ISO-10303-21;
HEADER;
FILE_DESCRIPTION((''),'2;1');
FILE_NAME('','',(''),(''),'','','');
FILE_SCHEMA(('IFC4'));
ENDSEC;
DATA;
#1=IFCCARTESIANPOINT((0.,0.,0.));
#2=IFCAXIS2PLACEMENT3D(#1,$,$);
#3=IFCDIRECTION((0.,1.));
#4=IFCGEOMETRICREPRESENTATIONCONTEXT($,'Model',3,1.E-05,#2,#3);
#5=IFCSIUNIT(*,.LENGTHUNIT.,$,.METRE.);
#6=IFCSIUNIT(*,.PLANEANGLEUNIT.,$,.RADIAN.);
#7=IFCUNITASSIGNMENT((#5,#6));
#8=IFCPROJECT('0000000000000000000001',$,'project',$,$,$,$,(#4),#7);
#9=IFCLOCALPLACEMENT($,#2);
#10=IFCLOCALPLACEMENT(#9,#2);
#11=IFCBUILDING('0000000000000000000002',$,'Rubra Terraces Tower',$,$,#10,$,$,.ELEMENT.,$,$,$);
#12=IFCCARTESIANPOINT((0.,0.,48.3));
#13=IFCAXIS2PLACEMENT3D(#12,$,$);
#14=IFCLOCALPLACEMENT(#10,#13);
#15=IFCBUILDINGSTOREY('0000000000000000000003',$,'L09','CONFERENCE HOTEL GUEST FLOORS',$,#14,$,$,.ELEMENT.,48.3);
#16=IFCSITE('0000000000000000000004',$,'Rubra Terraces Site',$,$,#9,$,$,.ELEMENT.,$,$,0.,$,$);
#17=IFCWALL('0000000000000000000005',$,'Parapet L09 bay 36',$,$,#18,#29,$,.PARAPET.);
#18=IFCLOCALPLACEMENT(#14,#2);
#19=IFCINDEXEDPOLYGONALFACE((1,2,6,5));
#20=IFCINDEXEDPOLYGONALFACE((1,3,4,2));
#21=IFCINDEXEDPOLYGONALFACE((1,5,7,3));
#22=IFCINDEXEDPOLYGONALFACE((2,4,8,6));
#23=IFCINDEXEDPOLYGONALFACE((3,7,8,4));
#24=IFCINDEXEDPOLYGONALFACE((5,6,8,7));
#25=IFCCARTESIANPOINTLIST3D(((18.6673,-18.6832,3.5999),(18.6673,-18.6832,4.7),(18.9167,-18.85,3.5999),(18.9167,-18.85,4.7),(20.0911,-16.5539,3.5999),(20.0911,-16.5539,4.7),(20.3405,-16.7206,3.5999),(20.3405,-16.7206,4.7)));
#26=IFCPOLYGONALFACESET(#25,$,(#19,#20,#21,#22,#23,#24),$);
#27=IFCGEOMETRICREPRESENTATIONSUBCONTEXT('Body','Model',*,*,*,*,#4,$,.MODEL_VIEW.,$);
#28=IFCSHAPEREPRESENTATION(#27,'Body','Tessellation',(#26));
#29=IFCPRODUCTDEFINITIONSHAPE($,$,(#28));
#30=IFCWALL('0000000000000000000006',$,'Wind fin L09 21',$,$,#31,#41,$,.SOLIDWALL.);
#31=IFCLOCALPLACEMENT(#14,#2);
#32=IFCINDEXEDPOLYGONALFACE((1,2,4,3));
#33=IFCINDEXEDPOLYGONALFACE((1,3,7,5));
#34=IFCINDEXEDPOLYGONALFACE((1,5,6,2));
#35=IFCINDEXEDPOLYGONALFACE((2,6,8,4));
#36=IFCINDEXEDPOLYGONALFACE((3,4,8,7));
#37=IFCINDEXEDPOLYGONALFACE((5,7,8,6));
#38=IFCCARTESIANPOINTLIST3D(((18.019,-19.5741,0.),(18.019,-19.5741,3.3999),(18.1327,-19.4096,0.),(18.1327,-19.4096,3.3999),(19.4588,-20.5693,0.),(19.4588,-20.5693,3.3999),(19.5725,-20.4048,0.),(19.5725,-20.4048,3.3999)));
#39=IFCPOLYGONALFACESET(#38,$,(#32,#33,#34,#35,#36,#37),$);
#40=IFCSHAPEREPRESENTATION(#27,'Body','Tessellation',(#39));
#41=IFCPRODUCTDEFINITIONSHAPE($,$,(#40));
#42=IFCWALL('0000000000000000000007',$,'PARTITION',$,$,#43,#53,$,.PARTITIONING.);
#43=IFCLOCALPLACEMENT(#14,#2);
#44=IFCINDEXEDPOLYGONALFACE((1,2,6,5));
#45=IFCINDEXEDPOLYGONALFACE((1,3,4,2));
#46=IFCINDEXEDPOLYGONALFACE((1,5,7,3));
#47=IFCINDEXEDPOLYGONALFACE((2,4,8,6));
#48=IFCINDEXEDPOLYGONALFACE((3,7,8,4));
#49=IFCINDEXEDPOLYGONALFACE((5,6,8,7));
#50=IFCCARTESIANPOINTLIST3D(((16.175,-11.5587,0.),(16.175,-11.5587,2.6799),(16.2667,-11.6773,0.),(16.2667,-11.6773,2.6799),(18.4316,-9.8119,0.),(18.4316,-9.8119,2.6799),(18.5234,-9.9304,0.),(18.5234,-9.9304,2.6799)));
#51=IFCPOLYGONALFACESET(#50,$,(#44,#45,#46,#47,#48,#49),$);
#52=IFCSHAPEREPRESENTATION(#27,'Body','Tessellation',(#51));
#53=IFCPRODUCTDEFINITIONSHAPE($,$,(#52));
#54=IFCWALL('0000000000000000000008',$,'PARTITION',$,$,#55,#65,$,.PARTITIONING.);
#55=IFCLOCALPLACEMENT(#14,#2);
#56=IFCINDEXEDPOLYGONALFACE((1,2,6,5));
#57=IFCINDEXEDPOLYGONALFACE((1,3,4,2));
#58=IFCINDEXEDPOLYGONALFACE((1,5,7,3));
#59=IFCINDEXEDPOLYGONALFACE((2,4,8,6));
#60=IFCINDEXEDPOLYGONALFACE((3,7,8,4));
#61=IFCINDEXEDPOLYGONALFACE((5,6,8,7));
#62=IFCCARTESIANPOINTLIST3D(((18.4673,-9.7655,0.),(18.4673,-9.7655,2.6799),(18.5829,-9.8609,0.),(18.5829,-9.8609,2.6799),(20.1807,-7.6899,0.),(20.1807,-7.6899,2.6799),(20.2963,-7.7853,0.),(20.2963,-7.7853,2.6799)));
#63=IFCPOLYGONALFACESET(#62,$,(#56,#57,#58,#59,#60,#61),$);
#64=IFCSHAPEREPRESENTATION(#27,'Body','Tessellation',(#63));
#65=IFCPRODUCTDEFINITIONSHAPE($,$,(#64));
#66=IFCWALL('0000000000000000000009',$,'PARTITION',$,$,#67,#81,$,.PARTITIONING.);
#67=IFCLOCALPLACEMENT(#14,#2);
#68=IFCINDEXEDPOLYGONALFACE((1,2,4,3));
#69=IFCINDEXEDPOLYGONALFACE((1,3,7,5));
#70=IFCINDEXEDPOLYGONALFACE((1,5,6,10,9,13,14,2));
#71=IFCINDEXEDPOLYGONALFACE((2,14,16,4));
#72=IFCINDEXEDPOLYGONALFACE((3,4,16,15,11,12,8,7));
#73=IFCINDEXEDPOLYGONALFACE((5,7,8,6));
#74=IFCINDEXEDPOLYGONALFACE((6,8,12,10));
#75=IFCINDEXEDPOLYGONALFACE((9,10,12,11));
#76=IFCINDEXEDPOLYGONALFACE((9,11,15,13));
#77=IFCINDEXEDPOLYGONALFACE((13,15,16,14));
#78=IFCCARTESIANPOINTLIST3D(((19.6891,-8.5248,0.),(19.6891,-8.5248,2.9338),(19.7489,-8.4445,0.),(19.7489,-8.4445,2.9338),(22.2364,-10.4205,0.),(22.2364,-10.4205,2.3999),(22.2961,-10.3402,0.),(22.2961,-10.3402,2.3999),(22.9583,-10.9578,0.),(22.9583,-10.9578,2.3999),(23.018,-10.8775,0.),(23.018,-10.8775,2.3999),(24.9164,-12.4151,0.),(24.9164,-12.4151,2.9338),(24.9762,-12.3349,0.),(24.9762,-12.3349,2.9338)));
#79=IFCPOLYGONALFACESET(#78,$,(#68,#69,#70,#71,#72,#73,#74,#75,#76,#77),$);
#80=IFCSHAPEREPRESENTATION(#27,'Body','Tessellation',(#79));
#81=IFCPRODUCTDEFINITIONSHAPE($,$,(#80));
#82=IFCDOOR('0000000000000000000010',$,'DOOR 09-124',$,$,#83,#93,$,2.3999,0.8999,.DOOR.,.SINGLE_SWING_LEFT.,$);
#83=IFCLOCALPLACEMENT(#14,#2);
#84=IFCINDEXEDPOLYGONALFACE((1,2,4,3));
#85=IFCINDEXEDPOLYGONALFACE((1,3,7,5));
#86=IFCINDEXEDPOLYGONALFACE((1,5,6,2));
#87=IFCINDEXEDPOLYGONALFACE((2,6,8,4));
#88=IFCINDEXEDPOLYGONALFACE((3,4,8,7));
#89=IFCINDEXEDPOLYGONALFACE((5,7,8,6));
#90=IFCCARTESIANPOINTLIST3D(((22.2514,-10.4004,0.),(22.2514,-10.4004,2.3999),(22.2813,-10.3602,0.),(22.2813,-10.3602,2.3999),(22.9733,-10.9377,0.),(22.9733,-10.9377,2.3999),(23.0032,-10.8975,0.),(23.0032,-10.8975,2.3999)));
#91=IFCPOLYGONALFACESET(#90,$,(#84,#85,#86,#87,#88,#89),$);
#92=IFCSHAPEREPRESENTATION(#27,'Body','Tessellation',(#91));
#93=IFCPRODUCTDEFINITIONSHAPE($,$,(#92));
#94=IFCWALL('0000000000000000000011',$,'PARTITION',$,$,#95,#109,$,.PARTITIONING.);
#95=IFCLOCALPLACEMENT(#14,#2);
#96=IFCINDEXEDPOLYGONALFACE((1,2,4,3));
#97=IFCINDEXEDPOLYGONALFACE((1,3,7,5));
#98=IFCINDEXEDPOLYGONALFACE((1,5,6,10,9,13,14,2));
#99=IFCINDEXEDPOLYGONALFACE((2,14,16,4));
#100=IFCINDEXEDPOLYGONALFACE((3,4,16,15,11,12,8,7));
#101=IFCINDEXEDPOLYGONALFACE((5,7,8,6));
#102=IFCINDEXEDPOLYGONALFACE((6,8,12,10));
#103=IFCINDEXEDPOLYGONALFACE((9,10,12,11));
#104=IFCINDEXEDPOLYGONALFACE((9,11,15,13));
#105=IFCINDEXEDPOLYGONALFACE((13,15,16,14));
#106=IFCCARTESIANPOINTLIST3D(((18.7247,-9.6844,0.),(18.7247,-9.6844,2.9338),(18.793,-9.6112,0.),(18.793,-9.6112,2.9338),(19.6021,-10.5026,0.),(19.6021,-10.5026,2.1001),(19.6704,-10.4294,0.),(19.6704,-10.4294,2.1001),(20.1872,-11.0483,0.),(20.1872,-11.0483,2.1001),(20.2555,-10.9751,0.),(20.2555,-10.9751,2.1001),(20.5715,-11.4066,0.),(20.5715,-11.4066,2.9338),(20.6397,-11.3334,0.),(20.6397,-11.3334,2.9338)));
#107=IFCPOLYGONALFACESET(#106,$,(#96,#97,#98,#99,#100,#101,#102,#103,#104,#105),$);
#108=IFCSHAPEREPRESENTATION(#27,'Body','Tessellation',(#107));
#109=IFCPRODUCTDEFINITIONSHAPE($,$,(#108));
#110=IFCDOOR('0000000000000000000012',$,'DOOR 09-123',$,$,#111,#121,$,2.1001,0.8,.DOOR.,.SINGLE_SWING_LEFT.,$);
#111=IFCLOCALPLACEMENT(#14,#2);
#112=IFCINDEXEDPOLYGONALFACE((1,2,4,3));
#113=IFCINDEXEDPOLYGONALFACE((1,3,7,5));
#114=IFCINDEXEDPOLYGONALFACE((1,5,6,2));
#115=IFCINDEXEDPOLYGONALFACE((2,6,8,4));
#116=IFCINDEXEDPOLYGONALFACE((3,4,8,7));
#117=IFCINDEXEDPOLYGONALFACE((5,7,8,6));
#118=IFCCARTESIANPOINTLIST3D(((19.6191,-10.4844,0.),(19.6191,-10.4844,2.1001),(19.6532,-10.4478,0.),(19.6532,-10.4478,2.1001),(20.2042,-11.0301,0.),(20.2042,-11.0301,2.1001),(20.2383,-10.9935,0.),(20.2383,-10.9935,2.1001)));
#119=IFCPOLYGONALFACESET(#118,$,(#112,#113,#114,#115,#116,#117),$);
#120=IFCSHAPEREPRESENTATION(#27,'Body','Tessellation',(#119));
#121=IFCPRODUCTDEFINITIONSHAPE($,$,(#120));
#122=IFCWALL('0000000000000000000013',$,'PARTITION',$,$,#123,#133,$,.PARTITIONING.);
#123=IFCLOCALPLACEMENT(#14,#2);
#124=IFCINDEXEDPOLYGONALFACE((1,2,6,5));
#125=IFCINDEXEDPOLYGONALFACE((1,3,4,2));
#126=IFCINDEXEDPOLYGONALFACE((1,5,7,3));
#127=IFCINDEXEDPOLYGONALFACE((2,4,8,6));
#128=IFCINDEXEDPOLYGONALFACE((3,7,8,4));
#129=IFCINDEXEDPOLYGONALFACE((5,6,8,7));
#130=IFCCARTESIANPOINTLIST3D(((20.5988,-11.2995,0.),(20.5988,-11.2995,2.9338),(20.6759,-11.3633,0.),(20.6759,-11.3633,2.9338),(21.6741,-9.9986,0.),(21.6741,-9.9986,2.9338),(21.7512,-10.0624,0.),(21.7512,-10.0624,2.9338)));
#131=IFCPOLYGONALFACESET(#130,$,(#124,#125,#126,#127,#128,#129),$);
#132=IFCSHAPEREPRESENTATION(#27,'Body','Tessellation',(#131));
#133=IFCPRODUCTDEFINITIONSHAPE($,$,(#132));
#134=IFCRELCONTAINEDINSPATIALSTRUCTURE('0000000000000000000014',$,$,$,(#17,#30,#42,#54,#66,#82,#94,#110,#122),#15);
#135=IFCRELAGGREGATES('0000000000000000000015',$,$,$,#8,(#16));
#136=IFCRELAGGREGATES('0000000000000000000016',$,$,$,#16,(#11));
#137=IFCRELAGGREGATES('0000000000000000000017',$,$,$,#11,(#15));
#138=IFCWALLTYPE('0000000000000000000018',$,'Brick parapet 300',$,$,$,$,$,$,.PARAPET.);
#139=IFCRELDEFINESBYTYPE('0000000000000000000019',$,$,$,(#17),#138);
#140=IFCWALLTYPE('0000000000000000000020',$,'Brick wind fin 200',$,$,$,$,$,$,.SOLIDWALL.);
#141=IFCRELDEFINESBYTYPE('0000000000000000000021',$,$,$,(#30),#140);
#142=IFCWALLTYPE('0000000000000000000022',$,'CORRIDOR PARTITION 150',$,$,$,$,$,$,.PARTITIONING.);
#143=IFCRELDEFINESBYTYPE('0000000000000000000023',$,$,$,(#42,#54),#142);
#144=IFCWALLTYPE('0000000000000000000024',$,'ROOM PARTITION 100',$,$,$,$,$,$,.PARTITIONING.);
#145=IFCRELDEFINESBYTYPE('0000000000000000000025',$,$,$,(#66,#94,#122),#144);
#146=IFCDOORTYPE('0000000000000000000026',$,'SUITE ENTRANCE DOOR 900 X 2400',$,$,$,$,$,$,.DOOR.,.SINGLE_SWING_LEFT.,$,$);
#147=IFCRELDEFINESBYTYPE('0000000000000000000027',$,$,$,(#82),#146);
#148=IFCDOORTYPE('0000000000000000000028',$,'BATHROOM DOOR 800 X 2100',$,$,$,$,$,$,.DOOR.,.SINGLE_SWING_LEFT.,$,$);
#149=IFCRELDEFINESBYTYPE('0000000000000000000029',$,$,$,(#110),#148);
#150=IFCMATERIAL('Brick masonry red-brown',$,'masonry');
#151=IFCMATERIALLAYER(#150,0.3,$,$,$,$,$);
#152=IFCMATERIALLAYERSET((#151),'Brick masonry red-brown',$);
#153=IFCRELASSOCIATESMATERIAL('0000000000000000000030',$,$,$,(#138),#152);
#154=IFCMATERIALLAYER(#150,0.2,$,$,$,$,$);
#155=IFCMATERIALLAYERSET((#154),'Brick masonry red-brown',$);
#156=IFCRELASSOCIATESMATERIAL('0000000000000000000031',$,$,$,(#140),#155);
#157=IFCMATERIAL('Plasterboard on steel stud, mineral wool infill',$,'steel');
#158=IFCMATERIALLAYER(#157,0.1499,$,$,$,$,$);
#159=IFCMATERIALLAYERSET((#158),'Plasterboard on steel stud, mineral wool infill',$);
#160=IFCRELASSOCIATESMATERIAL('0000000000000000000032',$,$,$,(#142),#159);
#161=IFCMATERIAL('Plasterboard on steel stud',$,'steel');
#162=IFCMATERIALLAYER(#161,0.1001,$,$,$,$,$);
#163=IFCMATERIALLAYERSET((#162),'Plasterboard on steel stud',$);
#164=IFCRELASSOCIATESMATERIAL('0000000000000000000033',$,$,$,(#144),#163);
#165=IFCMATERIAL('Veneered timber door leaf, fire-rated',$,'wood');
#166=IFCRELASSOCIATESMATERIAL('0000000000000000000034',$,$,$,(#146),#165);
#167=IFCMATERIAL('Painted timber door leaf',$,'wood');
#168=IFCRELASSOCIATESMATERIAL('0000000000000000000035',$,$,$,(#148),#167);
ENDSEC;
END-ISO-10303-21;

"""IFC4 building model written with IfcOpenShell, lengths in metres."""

from ifc_helpers import new_model, si_unit, direction, frame, frame_2d, origin, place, context, subcontext, project, spatial, rectangle, extrude, material, layer, layer_set, type_object, element, fill, save


model = new_model("IFC4")

# Units and contexts
model_context = context("Model", 3, precision=1e-05, world=origin(), true_north=direction((0.0, 1.0)))
body_context = subcontext(model_context, "Body", "Model", "MODEL_VIEW")
ifc_project = project(units=[si_unit("LENGTHUNIT", "METRE"), si_unit("PLANEANGLEUNIT", "RADIAN")], contexts=[model_context])

# Site, building, storey
site_placement = place(None, origin())
site = spatial("IfcSite", under=ifc_project, at=site_placement, Name="Rubra Terraces Site", CompositionType="ELEMENT", RefElevation=0.0)
building_placement = place(site_placement, origin())
building = spatial("IfcBuilding", under=site, at=building_placement, Name="Rubra Terraces Tower", CompositionType="ELEMENT")
storey_placement = place(building_placement, frame((0.0, 0.0, 48.3)))
storey = spatial("IfcBuildingStorey", under=building, at=storey_placement, Name="L09", Description="CONFERENCE HOTEL GUEST FLOORS", CompositionType="ELEMENT", Elevation=48.3)

# Shared definitions
ifc_material_1 = material(Name="Brick masonry red-brown", Category="masonry")

# Walls
ifc_layer_1 = layer(ifc_material_1, 0.3)
ifc_layer_set_1 = layer_set([ifc_layer_1], Name="Brick masonry red-brown")
wall_type_1 = type_object("IfcWallType", Name="Brick parapet 300", PredefinedType="PARAPET", material=ifc_layer_set_1)
wall_1_placement = place(storey_placement, frame((18.792, -18.7666, 3.5999), z_axis=(0.0, 0.0, 1.0), x_axis=(0.555843, 0.831287, 0.0)))
element("IfcWall", 1, at=wall_1_placement, inside=storey, type_object=wall_type_1, Name="Parapet L09 bay 36", PredefinedType="PARAPET", context=body_context, shape_type="SweptSolid", body=[
    extrude(rectangle(XDim=2.5615, YDim=0.3, at=frame_2d((1.2808, 0.0))), origin(), (0.0, 0.0, 1.0), 1.1001),
])
ifc_layer_2 = layer(ifc_material_1, 0.2)
ifc_layer_set_2 = layer_set([ifc_layer_2], Name="Brick masonry red-brown")
wall_type_2 = type_object("IfcWallType", Name="Brick wind fin 200", PredefinedType="SOLIDWALL", material=ifc_layer_set_2)
wall_2_placement = place(storey_placement, frame((18.0759, -19.4919, 0.0), z_axis=(0.0, 0.0, 1.0), x_axis=(0.822619, -0.568593, 0.0)))
element("IfcWall", 2, at=wall_2_placement, inside=storey, type_object=wall_type_2, Name="Wind fin L09 21", PredefinedType="SOLIDWALL", context=body_context, shape_type="SweptSolid", body=[
    extrude(rectangle(XDim=1.7502, YDim=0.2, at=frame_2d((0.875, 0.0))), origin(), (0.0, 0.0, 1.0), 3.3999),
])
ifc_material_2 = material(Name="Plasterboard on steel stud, mineral wool infill", Category="steel")
ifc_layer_3 = layer(ifc_material_2, 0.1499)
ifc_layer_set_3 = layer_set([ifc_layer_3], Name="Plasterboard on steel stud, mineral wool infill")
wall_type_3 = type_object("IfcWallType", Name="CORRIDOR PARTITION 150", PredefinedType="PARTITIONING", material=ifc_layer_set_3)
wall_3_placement = place(storey_placement, frame((16.2209, -11.6179, 0.0), z_axis=(0.0, 0.0, 1.0), x_axis=(0.79076, 0.612127, 0.0)))
element("IfcWall", 3, at=wall_3_placement, inside=storey, type_object=wall_type_3, Name="PARTITION", PredefinedType="PARTITIONING", context=body_context, shape_type="SweptSolid", body=[
    extrude(rectangle(XDim=2.8538, YDim=0.1499, at=frame_2d((1.4268, 0.0))), origin(), (0.0, 0.0, 1.0), 2.6799),
])
wall_4_placement = place(storey_placement, frame((18.5251, -9.8132, 0.0), z_axis=(0.0, 0.0, 1.0), x_axis=(0.636591, 0.771202, 0.0)))
element("IfcWall", 4, at=wall_4_placement, inside=storey, type_object=wall_type_3, Name="PARTITION", PredefinedType="PARTITIONING", context=body_context, shape_type="SweptSolid", body=[
    extrude(rectangle(XDim=2.6914, YDim=0.1499, at=frame_2d((1.3457, 0.0))), origin(), (0.0, 0.0, 1.0), 2.6799),
])

# Walls, openings, doors
ifc_material_3 = material(Name="Plasterboard on steel stud", Category="steel")
ifc_layer_4 = layer(ifc_material_3, 0.1001)
ifc_layer_set_4 = layer_set([ifc_layer_4], Name="Plasterboard on steel stud")
wall_type_4 = type_object("IfcWallType", Name="ROOM PARTITION 100", PredefinedType="PARTITIONING", material=ifc_layer_set_4)
wall_5_placement = place(storey_placement, frame((24.9463, -12.375, 0.0), z_axis=(0.0, 0.0, 1.0), x_axis=(-0.802211, 0.59704, 0.0)))
wall_5 = element("IfcWall", 5, at=wall_5_placement, inside=storey, type_object=wall_type_4, Name="PARTITION", PredefinedType="PARTITIONING", context=body_context, shape_type="SweptSolid", body=[
    extrude(rectangle(XDim=6.5161, YDim=0.1001, at=frame_2d((3.2581, 0.0))), origin(), (0.0, 0.0, 1.0), 2.9338),
])
opening_1_placement = place(wall_5_placement, frame((2.4409, 0.0, 0.0)))
opening_1 = element("IfcOpeningElement", 6, at=opening_1_placement, cuts=wall_5, PredefinedType="OPENING", context=body_context, shape_type="SweptSolid", body=[
    extrude(rectangle(XDim=0.8999, YDim=2.3999, at=frame_2d((0.45, 1.2))), frame((0.0, 0.0601, 0.0), z_axis=(0.0, -1.0, 0.0), x_axis=(1.0, 0.0, 0.0)), (0.0, 0.0, 1.0), 0.1201),
])
ifc_material_4 = material(Name="Veneered timber door leaf, fire-rated", Category="wood")
door_type_1 = type_object("IfcDoorType", Name="SUITE ENTRANCE DOOR 900 X 2400", OperationType="SINGLE_SWING_LEFT", PredefinedType="DOOR", material=ifc_material_4)
door_1_placement = place(opening_1_placement, origin())
door_1 = element("IfcDoor", 7, at=door_1_placement, inside=storey, type_object=door_type_1, Name="DOOR 09-124", OperationType="SINGLE_SWING_LEFT", OverallHeight=2.3999, OverallWidth=0.8999, PredefinedType="DOOR", context=body_context, shape_type="SweptSolid", body=[
    extrude(rectangle(XDim=0.8999, YDim=2.3999, at=frame_2d((0.45, 1.2))), frame((0.0, 0.0249, 0.0), z_axis=(0.0, -1.0, 0.0), x_axis=(1.0, 0.0, 0.0)), (0.0, 0.0, 1.0), 0.05),
])
fill(opening_1, door_1)
wall_6_placement = place(storey_placement, frame((18.7588, -9.6477, 0.0), z_axis=(0.0, 0.0, 1.0), x_axis=(0.731332, -0.682022, 0.0)))
wall_6 = element("IfcWall", 8, at=wall_6_placement, inside=storey, type_object=wall_type_4, Name="PARTITION", PredefinedType="PARTITIONING", context=body_context, shape_type="SweptSolid", body=[
    extrude(rectangle(XDim=2.5251, YDim=0.1001, at=frame_2d((1.2627, 0.0))), origin(), (0.0, 0.0, 1.0), 2.9338),
])
opening_2_placement = place(wall_6_placement, frame((1.2, 0.0, 0.0)))
opening_2 = element("IfcOpeningElement", 9, at=opening_2_placement, cuts=wall_6, PredefinedType="OPENING", context=body_context, shape_type="SweptSolid", body=[
    extrude(rectangle(XDim=0.8, YDim=2.1001, at=frame_2d((0.3999, 1.05))), frame((0.0, 0.0601, 0.0), z_axis=(0.0, -1.0, 0.0), x_axis=(1.0, 0.0, 0.0)), (0.0, 0.0, 1.0), 0.1201),
])
ifc_material_5 = material(Name="Painted timber door leaf", Category="wood")
door_type_2 = type_object("IfcDoorType", Name="BATHROOM DOOR 800 X 2100", OperationType="SINGLE_SWING_LEFT", PredefinedType="DOOR", material=ifc_material_5)
door_2_placement = place(opening_2_placement, origin())
door_2 = element("IfcDoor", 10, at=door_2_placement, inside=storey, type_object=door_type_2, Name="DOOR 09-123", OperationType="SINGLE_SWING_LEFT", OverallHeight=2.1001, OverallWidth=0.8, PredefinedType="DOOR", context=body_context, shape_type="SweptSolid", body=[
    extrude(rectangle(XDim=0.8, YDim=2.1001, at=frame_2d((0.3999, 1.05))), frame((0.0, 0.0249, 0.0), z_axis=(0.0, -1.0, 0.0), x_axis=(1.0, 0.0, 0.0)), (0.0, 0.0, 1.0), 0.05),
])
fill(opening_2, door_2)

# Wall
wall_7_placement = place(storey_placement, frame((20.6375, -11.3313, 0.0), z_axis=(0.0, 0.0, 1.0), x_axis=(0.637106, 0.770776, 0.0)))
element("IfcWall", 11, at=wall_7_placement, inside=storey, type_object=wall_type_4, Name="PARTITION", PredefinedType="PARTITIONING", context=body_context, shape_type="SweptSolid", body=[
    extrude(rectangle(XDim=1.6877, YDim=0.1001, at=frame_2d((0.8438, 0.0))), origin(), (0.0, 0.0, 1.0), 2.9338),
])

save(model, "model.ifc")
